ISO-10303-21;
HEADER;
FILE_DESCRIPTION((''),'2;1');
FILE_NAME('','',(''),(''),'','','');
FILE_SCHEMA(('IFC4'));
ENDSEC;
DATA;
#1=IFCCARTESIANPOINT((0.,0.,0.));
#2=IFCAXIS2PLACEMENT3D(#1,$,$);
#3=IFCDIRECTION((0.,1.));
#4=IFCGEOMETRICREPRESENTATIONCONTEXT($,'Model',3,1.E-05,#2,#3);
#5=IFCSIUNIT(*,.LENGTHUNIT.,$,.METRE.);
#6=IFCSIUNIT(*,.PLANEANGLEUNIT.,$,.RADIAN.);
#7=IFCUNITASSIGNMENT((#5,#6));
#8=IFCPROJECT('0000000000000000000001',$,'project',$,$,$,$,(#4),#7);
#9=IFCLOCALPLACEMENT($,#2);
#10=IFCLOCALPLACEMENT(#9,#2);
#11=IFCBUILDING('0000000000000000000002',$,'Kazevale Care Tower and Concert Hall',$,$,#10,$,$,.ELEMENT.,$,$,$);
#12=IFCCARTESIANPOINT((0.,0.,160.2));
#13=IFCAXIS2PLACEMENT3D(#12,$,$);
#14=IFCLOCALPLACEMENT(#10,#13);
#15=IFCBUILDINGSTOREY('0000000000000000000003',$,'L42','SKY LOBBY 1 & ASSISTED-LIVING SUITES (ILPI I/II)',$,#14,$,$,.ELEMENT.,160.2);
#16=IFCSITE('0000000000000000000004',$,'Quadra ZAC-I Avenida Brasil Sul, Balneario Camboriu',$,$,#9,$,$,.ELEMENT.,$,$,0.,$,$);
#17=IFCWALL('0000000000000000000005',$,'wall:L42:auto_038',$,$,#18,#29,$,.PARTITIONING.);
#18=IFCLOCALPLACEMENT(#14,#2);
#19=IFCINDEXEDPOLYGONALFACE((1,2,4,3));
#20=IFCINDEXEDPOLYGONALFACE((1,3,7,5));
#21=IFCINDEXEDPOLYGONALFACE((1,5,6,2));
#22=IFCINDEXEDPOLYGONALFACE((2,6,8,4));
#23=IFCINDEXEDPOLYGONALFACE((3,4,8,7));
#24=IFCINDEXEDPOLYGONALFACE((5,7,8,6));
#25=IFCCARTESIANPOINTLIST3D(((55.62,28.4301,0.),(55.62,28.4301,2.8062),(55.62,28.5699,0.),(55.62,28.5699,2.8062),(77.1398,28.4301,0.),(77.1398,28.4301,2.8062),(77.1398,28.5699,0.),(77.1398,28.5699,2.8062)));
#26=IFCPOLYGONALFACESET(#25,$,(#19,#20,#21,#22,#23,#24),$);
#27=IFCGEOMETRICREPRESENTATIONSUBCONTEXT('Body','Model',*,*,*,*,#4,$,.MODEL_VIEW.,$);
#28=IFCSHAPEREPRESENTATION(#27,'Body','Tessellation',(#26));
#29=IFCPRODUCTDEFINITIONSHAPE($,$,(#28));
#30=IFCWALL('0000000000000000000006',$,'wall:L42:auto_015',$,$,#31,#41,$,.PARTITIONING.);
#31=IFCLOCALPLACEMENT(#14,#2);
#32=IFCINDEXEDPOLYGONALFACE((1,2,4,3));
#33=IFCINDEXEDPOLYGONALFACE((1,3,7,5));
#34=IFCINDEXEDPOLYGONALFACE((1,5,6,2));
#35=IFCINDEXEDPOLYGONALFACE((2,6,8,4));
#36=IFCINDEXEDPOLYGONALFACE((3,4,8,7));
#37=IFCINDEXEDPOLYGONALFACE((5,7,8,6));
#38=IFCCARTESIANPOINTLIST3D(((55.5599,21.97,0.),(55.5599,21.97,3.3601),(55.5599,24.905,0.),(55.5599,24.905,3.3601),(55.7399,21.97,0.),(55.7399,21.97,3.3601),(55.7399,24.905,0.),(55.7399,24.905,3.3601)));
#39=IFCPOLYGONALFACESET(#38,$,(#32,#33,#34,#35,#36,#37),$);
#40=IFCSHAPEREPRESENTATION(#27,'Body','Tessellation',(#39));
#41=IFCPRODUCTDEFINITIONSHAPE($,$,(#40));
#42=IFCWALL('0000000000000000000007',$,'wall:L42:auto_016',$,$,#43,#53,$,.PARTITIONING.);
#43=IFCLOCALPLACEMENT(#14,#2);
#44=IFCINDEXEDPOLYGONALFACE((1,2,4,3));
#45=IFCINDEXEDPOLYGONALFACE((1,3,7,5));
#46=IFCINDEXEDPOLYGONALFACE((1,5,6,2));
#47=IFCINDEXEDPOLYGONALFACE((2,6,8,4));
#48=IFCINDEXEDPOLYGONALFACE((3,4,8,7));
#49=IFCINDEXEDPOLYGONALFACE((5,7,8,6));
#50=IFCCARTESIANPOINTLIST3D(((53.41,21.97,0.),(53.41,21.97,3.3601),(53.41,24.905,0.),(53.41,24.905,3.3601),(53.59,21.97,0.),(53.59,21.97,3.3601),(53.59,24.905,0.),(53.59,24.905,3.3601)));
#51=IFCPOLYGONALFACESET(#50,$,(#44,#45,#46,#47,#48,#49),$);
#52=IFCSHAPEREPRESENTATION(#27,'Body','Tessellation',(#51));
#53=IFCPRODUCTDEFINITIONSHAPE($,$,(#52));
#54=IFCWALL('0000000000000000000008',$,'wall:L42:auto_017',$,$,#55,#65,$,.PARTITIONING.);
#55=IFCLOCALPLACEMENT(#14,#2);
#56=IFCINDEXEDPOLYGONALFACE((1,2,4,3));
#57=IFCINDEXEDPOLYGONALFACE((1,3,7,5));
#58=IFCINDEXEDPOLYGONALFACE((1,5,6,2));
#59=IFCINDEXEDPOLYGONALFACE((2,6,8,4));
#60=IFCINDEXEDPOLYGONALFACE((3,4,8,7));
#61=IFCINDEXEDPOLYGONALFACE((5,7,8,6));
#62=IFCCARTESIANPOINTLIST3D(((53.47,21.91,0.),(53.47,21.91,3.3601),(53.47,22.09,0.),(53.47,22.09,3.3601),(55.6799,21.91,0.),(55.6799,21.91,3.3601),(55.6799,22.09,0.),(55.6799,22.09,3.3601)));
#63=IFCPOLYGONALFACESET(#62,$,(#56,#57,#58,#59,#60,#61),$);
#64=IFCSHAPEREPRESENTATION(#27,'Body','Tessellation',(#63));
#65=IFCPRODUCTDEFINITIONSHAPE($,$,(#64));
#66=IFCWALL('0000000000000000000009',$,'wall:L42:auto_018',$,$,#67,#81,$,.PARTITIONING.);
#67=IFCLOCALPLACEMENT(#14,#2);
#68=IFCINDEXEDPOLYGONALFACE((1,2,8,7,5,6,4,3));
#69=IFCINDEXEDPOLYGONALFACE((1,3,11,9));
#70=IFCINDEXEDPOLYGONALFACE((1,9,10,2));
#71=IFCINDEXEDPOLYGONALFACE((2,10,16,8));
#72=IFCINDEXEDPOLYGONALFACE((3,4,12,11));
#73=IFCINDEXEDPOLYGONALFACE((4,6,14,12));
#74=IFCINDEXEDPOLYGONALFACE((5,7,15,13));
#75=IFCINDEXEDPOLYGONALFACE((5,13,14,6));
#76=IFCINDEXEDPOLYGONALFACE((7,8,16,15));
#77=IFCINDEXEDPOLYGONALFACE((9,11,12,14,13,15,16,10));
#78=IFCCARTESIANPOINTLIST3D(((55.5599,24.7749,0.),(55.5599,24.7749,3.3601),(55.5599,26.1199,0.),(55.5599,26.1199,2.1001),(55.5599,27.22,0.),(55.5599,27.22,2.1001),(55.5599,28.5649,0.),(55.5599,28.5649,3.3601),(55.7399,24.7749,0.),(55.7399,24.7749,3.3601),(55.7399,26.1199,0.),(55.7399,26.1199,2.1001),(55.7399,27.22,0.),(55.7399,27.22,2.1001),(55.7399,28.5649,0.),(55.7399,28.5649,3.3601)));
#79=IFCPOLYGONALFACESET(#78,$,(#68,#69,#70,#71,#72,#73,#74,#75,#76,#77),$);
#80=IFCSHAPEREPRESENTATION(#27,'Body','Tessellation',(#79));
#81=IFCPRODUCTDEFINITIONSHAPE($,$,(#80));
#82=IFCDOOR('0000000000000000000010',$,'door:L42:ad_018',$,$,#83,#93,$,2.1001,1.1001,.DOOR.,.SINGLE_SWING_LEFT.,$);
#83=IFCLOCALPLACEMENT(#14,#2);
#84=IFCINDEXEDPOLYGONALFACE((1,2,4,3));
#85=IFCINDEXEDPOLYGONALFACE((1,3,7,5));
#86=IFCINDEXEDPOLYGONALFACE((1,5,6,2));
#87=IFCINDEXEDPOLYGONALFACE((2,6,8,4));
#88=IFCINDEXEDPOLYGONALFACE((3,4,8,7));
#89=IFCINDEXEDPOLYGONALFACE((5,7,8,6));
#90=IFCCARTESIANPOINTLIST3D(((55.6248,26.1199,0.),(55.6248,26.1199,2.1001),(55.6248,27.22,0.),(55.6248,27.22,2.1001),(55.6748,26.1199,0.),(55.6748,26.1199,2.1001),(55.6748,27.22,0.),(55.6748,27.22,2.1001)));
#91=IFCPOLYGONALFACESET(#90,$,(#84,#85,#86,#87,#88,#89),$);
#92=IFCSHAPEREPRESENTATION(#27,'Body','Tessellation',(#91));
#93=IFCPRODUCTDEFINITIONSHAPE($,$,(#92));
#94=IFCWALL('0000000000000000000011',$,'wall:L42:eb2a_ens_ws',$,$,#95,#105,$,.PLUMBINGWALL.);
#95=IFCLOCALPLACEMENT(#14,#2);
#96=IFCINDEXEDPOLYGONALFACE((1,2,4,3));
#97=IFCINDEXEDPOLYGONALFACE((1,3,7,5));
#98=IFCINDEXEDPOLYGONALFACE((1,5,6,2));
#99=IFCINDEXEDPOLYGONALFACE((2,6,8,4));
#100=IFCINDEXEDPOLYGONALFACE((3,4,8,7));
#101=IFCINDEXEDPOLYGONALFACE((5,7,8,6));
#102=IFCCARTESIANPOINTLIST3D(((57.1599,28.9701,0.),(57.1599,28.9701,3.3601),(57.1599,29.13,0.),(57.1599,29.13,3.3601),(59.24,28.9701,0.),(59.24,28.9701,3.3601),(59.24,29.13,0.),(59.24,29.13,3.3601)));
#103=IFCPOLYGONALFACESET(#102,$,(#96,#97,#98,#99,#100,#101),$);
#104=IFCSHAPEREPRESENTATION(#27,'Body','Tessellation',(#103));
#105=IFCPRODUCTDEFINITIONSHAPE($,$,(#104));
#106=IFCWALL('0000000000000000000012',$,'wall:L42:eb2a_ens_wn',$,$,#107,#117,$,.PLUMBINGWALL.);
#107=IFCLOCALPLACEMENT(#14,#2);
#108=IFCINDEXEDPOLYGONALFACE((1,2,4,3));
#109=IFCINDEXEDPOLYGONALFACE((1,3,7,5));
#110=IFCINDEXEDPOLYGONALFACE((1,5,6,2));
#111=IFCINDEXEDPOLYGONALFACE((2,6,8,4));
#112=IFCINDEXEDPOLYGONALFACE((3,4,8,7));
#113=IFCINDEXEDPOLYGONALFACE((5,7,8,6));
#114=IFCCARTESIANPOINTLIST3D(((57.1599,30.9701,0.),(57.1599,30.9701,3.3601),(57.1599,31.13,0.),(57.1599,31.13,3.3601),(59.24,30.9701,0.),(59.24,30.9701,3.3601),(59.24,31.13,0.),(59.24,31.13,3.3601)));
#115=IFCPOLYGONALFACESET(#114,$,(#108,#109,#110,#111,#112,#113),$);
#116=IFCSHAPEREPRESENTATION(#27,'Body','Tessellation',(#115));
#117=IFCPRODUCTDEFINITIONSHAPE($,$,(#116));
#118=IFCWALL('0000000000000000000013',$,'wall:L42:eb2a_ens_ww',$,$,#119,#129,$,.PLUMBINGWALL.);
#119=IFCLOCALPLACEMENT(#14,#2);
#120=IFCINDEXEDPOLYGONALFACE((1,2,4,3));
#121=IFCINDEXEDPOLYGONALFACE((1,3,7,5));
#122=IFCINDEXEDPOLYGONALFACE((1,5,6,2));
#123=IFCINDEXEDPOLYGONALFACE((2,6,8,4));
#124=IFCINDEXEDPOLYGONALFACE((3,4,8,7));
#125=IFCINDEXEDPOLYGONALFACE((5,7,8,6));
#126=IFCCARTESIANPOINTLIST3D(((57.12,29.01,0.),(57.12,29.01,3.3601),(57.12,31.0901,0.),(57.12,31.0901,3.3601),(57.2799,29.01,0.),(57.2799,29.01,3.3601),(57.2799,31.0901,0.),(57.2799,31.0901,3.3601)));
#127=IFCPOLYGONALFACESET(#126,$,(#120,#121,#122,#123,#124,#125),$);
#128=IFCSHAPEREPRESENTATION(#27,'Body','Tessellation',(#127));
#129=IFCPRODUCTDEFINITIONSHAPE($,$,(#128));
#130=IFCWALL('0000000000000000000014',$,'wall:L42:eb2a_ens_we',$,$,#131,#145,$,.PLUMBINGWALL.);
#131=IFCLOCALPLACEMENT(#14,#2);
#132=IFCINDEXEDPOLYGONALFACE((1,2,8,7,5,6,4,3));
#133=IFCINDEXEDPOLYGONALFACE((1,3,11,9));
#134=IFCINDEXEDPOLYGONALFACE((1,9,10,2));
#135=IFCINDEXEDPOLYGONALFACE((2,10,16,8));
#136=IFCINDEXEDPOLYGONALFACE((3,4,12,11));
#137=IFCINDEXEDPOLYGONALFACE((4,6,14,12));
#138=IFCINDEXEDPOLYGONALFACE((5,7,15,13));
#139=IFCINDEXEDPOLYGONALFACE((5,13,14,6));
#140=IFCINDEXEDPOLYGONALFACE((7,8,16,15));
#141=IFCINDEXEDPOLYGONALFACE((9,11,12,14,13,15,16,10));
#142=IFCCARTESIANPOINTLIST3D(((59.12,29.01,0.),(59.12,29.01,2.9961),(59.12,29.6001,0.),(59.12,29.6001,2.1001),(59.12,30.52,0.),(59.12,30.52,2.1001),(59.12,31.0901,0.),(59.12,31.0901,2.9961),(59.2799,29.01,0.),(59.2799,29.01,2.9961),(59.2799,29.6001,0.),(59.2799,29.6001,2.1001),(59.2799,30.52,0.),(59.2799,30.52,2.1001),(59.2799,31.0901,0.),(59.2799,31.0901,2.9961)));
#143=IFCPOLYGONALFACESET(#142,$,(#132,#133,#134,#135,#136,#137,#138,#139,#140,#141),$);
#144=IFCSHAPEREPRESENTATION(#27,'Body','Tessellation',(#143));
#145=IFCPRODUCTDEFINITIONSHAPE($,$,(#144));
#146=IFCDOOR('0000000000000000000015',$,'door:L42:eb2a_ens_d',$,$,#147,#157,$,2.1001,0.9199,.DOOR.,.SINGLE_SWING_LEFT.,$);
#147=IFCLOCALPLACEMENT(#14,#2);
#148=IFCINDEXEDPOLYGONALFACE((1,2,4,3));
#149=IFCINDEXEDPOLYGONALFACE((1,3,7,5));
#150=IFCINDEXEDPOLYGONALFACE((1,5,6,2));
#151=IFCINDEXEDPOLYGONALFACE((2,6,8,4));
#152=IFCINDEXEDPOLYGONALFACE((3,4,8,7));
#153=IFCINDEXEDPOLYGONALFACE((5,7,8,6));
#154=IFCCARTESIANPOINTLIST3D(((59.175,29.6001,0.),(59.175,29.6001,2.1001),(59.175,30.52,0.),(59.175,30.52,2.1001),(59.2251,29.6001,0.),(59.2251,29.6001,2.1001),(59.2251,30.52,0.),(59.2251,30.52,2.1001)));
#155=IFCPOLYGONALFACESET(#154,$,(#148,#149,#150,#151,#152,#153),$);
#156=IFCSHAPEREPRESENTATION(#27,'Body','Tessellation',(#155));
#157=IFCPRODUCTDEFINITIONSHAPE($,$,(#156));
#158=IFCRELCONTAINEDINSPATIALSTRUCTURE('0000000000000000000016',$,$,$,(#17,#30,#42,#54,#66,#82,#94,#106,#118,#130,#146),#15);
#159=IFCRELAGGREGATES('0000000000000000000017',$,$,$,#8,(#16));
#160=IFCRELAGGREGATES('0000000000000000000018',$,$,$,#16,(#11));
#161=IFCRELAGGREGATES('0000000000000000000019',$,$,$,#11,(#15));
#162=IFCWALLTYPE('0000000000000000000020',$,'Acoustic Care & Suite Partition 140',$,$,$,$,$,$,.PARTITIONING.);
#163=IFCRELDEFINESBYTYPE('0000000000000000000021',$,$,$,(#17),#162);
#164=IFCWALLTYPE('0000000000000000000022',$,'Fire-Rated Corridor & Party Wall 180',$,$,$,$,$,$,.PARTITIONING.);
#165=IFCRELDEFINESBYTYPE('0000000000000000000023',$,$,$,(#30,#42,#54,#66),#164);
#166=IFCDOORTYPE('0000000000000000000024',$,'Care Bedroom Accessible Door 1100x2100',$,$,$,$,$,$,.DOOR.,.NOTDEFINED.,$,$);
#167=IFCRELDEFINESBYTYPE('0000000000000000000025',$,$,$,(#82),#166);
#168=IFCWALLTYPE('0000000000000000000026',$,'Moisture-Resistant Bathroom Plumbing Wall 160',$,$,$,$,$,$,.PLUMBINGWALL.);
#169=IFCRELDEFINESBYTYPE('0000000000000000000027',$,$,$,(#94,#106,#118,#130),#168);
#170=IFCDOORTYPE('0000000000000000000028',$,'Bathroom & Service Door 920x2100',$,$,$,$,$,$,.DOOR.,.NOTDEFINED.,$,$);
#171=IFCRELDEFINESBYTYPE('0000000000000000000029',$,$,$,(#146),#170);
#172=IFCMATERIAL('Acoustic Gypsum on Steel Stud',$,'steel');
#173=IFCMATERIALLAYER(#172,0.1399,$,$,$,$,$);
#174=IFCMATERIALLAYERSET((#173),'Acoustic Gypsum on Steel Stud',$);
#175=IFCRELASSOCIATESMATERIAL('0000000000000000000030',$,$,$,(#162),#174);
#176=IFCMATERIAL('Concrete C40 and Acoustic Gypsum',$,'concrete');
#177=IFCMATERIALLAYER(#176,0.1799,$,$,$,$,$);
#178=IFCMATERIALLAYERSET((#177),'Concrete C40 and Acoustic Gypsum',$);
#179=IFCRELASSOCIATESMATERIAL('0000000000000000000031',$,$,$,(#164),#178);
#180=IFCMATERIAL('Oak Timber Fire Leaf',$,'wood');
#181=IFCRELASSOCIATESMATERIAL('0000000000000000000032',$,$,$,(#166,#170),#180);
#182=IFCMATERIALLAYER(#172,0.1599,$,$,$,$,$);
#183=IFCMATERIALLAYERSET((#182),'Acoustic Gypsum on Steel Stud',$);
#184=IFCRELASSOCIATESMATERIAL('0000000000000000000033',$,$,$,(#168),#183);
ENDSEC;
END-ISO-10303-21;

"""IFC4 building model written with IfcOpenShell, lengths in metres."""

from ifc_helpers import new_model, si_unit, direction, frame, frame_2d, origin, place, context, subcontext, project, spatial, rectangle, extrude, material, layer, layer_set, type_object, element, fill, save


model = new_model("IFC4")

# Units and contexts
model_context = context("Model", 3, precision=1e-05, world=origin(), true_north=direction((0.0, 1.0)))
body_context = subcontext(model_context, "Body", "Model", "MODEL_VIEW")
ifc_project = project(units=[si_unit("LENGTHUNIT", "METRE"), si_unit("PLANEANGLEUNIT", "RADIAN")], contexts=[model_context])

# Site, building, storey
site_placement = place(None, origin())
site = spatial("IfcSite", under=ifc_project, at=site_placement, Name="Quadra ZAC-I Avenida Brasil Sul, Balneario Camboriu", CompositionType="ELEMENT", RefElevation=0.0)
building_placement = place(site_placement, origin())
building = spatial("IfcBuilding", under=site, at=building_placement, Name="Kazevale Care Tower and Concert Hall", CompositionType="ELEMENT")
storey_placement = place(building_placement, frame((0.0, 0.0, 160.2)))
storey = spatial("IfcBuildingStorey", under=building, at=storey_placement, Name="L42", Description="SKY LOBBY 1 & ASSISTED-LIVING SUITES (ILPI I/II)", CompositionType="ELEMENT", Elevation=160.2)

# Walls
ifc_material_1 = material(Name="Acoustic Gypsum on Steel Stud", Category="steel")
ifc_layer_1 = layer(ifc_material_1, 0.1399)
ifc_layer_set_1 = layer_set([ifc_layer_1], Name="Acoustic Gypsum on Steel Stud")
wall_type_1 = type_object("IfcWallType", Name="Acoustic Care & Suite Partition 140", PredefinedType="PARTITIONING", material=ifc_layer_set_1)
wall_1_placement = place(storey_placement, frame((55.6201, 28.5, 0.0), z_axis=(0.0, 0.0, 1.0), x_axis=(1.0, 0.0, 0.0)))
element("IfcWall", 1, at=wall_1_placement, inside=storey, type_object=wall_type_1, Name="wall:L42:auto_038", PredefinedType="PARTITIONING", context=body_context, shape_type="SweptSolid", body=[
    extrude(rectangle(XDim=21.5198, YDim=0.1399, at=frame_2d((10.7598, 0.0))), origin(), (0.0, 0.0, 1.0), 2.8062),
])
ifc_material_2 = material(Name="Concrete C40 and Acoustic Gypsum", Category="concrete")
ifc_layer_2 = layer(ifc_material_2, 0.1799)
ifc_layer_set_2 = layer_set([ifc_layer_2], Name="Concrete C40 and Acoustic Gypsum")
wall_type_2 = type_object("IfcWallType", Name="Fire-Rated Corridor & Party Wall 180", PredefinedType="PARTITIONING", material=ifc_layer_set_2)
for number, where, z_axis, x_axis, name in (
    (2, (55.6499, 24.905, 0.0), (0.0, 0.0, 1.0), (0.0, -1.0, 0.0), "wall:L42:auto_015"),
    (3, (53.5, 21.97, 0.0), (0.0, 0.0, 1.0), (0.0, 1.0, 0.0), "wall:L42:auto_016"),
):
    element("IfcWall", number, at=place(storey_placement, frame(where, z_axis=z_axis, x_axis=x_axis)), inside=storey, type_object=wall_type_2, Name=name, PredefinedType="PARTITIONING", context=body_context, shape_type="SweptSolid", body=[
        extrude(rectangle(XDim=2.9351, YDim=0.1799, at=frame_2d((1.4675, 0.0))), origin(), (0.0, 0.0, 1.0), 3.3601),
    ])
wall_2_placement = place(storey_placement, frame((55.6799, 22.0, 0.0), z_axis=(0.0, 0.0, 1.0), x_axis=(-1.0, 0.0, 0.0)))
element("IfcWall", 4, at=wall_2_placement, inside=storey, type_object=wall_type_2, Name="wall:L42:auto_017", PredefinedType="PARTITIONING", context=body_context, shape_type="SweptSolid", body=[
    extrude(rectangle(XDim=2.21, YDim=0.1799, at=frame_2d((1.105, 0.0))), origin(), (0.0, 0.0, 1.0), 3.3601),
])

# Wall, opening, door
wall_3_placement = place(storey_placement, frame((55.6499, 28.5649, 0.0), z_axis=(0.0, 0.0, 1.0), x_axis=(0.0, -1.0, 0.0)))
wall_3 = element("IfcWall", 5, at=wall_3_placement, inside=storey, type_object=wall_type_2, Name="wall:L42:auto_018", PredefinedType="PARTITIONING", context=body_context, shape_type="SweptSolid", body=[
    extrude(rectangle(XDim=3.79, YDim=0.1799, at=frame_2d((1.895, 0.0))), origin(), (0.0, 0.0, 1.0), 3.3601),
])
opening_1_placement = place(wall_3_placement, frame((1.345, 0.0, 0.0)))
opening_1 = element("IfcOpeningElement", 6, at=opening_1_placement, cuts=wall_3, PredefinedType="OPENING", context=body_context, shape_type="SweptSolid", body=[
    extrude(rectangle(XDim=1.1001, YDim=2.1001, at=frame_2d((0.55, 1.05))), frame((0.0, 0.0999, 0.0), z_axis=(0.0, -1.0, 0.0), x_axis=(1.0, 0.0, 0.0)), (0.0, 0.0, 1.0), 0.2),
])
ifc_material_3 = material(Name="Oak Timber Fire Leaf", Category="wood")
door_type_1 = type_object("IfcDoorType", Name="Care Bedroom Accessible Door 1100x2100", OperationType="NOTDEFINED", PredefinedType="DOOR", material=ifc_material_3)
door_1_placement = place(opening_1_placement, origin())
door_1 = element("IfcDoor", 7, at=door_1_placement, inside=storey, type_object=door_type_1, Name="door:L42:ad_018", OperationType="SINGLE_SWING_LEFT", OverallHeight=2.1001, OverallWidth=1.1001, PredefinedType="DOOR", context=body_context, shape_type="SweptSolid", body=[
    extrude(rectangle(XDim=1.1001, YDim=2.1001, at=frame_2d((0.55, 1.05))), frame((0.0, 0.0249, 0.0), z_axis=(0.0, -1.0, 0.0), x_axis=(1.0, 0.0, 0.0)), (0.0, 0.0, 1.0), 0.05),
])
fill(opening_1, door_1)

# Walls
ifc_layer_3 = layer(ifc_material_1, 0.1599)
ifc_layer_set_3 = layer_set([ifc_layer_3], Name="Acoustic Gypsum on Steel Stud")
wall_type_3 = type_object("IfcWallType", Name="Moisture-Resistant Bathroom Plumbing Wall 160", PredefinedType="PLUMBINGWALL", material=ifc_layer_set_3)
for number, where, z_axis, x_axis, name in (
    (8, (57.1599, 29.05, 0.0), (0.0, 0.0, 1.0), (1.0, 0.0, 0.0), "wall:L42:eb2a_ens_ws"),
    (9, (57.1599, 31.05, 0.0), (0.0, 0.0, 1.0), (1.0, 0.0, 0.0), "wall:L42:eb2a_ens_wn"),
    (10, (57.2, 29.01, 0.0), (0.0, 0.0, 1.0), (0.0, 1.0, 0.0), "wall:L42:eb2a_ens_ww"),
):
    element("IfcWall", number, at=place(storey_placement, frame(where, z_axis=z_axis, x_axis=x_axis)), inside=storey, type_object=wall_type_3, Name=name, PredefinedType="PLUMBINGWALL", context=body_context, shape_type="SweptSolid", body=[
        extrude(rectangle(XDim=2.0801, YDim=0.1599, at=frame_2d((1.04, 0.0))), origin(), (0.0, 0.0, 1.0), 3.3601),
    ])

# Wall, opening, door
wall_4_placement = place(storey_placement, frame((59.2, 29.01, 0.0), z_axis=(0.0, 0.0, 1.0), x_axis=(0.0, 1.0, 0.0)))
wall_4 = element("IfcWall", 11, at=wall_4_placement, inside=storey, type_object=wall_type_3, Name="wall:L42:eb2a_ens_we", PredefinedType="PLUMBINGWALL", context=body_context, shape_type="SweptSolid", body=[
    extrude(rectangle(XDim=2.0801, YDim=0.1599, at=frame_2d((1.04, 0.0))), origin(), (0.0, 0.0, 1.0), 2.9961),
])
opening_2_placement = place(wall_4_placement, frame((0.5901, 0.0, 0.0)))
opening_2 = element("IfcOpeningElement", 12, at=opening_2_placement, cuts=wall_4, PredefinedType="OPENING", context=body_context, shape_type="SweptSolid", body=[
    extrude(rectangle(XDim=0.9199, YDim=2.1001, at=frame_2d((0.46, 1.05))), frame((0.0, 0.0898, 0.0), z_axis=(0.0, -1.0, 0.0), x_axis=(1.0, 0.0, 0.0)), (0.0, 0.0, 1.0), 0.1799),
])
door_type_2 = type_object("IfcDoorType", Name="Bathroom & Service Door 920x2100", OperationType="NOTDEFINED", PredefinedType="DOOR", material=ifc_material_3)
door_2_placement = place(opening_2_placement, origin())
door_2 = element("IfcDoor", 13, at=door_2_placement, inside=storey, type_object=door_type_2, Name="door:L42:eb2a_ens_d", OperationType="SINGLE_SWING_LEFT", OverallHeight=2.1001, OverallWidth=0.9199, PredefinedType="DOOR", context=body_context, shape_type="SweptSolid", body=[
    extrude(rectangle(XDim=0.9199, YDim=2.1001, at=frame_2d((0.46, 1.05))), frame((0.0, 0.0249, 0.0), z_axis=(0.0, -1.0, 0.0), x_axis=(1.0, 0.0, 0.0)), (0.0, 0.0, 1.0), 0.05),
])
fill(opening_2, door_2)

save(model, "model.ifc")
